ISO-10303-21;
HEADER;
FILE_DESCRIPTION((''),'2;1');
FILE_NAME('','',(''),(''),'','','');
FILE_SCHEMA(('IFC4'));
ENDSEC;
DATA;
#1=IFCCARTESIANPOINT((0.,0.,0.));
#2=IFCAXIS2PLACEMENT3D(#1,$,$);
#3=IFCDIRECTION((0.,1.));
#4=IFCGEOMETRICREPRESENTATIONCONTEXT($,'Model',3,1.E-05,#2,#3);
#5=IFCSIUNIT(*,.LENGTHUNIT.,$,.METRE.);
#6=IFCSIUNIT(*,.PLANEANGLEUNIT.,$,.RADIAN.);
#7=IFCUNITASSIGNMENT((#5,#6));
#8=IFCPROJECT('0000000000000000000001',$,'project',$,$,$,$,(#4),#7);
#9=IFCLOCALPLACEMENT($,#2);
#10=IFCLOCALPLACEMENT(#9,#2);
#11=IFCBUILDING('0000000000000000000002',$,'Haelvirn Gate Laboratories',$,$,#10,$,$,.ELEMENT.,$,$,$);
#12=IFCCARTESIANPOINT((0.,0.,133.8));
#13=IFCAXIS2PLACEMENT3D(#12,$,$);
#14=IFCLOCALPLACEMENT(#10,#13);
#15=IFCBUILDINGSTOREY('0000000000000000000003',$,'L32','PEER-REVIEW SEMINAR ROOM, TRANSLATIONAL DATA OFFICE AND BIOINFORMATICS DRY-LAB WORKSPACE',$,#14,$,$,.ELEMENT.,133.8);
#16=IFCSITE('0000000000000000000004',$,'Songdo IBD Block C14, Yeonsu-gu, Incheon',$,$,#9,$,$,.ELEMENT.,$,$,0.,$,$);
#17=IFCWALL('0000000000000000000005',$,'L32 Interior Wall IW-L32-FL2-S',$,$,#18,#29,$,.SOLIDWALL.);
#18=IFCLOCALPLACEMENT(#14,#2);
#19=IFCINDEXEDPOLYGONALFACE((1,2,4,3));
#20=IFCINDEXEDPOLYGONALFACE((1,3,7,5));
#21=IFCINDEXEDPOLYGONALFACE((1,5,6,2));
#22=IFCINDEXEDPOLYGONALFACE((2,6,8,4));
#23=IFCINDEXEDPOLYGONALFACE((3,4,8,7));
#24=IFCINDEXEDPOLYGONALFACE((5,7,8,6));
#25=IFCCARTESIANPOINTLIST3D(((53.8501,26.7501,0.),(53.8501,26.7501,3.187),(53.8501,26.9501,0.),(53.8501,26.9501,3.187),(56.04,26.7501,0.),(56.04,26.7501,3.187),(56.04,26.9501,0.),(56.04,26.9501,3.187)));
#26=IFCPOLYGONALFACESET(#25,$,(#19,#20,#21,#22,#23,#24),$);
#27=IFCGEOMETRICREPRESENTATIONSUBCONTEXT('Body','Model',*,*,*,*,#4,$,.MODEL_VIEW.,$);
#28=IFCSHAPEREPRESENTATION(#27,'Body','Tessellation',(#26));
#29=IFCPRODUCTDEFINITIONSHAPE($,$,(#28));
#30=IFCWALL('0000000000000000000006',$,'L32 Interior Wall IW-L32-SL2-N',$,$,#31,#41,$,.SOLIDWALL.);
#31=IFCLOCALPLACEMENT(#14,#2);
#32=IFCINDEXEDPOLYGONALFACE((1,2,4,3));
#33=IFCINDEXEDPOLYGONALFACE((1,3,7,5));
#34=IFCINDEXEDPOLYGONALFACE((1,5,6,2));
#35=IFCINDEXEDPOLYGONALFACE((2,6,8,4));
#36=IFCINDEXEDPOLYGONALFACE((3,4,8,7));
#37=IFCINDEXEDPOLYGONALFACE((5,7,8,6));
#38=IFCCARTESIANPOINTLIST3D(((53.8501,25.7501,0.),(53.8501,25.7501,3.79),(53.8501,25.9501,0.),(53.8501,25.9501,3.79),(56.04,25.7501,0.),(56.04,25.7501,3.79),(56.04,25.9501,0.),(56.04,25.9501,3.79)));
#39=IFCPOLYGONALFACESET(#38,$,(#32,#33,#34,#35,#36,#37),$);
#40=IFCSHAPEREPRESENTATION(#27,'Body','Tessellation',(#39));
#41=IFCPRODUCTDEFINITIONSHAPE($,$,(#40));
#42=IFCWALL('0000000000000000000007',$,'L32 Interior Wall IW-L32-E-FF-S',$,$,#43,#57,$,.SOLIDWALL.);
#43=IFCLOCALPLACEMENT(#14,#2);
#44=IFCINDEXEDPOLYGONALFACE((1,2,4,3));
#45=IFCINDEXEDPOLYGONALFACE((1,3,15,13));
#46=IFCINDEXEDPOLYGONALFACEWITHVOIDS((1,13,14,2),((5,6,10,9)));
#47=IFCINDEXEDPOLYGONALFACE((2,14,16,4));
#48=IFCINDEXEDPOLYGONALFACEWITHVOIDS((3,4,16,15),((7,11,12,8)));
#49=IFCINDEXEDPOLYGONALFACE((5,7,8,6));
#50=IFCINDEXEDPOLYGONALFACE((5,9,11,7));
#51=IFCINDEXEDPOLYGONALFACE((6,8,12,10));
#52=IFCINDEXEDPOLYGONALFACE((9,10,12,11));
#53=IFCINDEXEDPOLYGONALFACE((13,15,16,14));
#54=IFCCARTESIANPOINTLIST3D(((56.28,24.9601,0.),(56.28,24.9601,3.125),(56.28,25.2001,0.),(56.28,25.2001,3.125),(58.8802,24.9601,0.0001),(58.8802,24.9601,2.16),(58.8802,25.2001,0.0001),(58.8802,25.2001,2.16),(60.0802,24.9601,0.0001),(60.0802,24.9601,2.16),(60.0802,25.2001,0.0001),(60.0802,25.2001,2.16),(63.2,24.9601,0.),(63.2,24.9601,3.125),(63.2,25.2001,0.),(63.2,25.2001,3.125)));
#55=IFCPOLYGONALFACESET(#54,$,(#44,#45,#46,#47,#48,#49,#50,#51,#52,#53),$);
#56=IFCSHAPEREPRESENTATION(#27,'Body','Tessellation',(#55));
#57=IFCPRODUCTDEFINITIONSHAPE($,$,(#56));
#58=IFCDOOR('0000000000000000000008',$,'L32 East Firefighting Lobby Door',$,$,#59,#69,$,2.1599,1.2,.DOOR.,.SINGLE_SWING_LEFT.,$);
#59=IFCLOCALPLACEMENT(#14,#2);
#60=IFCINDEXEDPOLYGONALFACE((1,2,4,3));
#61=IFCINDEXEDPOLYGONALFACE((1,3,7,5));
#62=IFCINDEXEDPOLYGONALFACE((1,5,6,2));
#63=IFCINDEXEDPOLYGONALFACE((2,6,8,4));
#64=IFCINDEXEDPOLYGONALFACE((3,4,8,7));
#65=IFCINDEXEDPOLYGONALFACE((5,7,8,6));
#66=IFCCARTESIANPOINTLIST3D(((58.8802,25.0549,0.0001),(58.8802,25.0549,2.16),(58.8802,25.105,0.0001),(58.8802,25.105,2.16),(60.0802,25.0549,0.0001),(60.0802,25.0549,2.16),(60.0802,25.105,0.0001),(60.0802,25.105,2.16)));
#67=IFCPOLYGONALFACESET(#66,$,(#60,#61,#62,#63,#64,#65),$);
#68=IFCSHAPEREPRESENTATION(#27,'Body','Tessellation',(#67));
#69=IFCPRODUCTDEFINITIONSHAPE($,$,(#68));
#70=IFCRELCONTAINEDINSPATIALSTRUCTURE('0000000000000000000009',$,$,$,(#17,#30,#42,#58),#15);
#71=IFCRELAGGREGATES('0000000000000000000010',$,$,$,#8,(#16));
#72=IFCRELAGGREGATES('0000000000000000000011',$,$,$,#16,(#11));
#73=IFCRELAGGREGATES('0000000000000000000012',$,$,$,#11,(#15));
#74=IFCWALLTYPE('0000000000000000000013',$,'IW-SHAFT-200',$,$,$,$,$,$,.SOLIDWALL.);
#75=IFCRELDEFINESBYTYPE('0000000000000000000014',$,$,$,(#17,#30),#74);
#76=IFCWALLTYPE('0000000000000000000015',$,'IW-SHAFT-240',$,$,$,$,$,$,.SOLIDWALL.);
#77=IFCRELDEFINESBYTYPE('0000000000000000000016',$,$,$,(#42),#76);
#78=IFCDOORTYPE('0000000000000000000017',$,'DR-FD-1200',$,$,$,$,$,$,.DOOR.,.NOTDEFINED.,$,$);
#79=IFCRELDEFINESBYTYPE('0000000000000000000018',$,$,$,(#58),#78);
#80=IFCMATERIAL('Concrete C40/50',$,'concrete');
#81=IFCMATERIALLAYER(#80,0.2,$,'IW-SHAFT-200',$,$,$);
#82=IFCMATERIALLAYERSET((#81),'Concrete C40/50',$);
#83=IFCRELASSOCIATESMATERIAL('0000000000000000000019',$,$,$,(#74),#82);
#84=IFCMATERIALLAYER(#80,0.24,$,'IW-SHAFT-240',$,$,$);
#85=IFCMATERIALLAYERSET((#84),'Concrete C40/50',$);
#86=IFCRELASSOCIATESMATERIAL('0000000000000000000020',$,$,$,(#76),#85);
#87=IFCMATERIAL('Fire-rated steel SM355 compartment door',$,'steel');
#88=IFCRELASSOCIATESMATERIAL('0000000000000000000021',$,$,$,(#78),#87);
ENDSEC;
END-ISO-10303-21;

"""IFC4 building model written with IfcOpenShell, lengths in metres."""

from ifc_helpers import new_model, si_unit, direction, frame, frame_2d, origin, place, context, subcontext, project, spatial, rectangle, extrude, source, transform, mapped, material, layer, layer_set, type_object, type_shapes, element, fill, save


model = new_model("IFC4")

# Units and contexts
model_context = context("Model", 3, precision=1e-05, world=origin(), true_north=direction((0.0, 1.0)))
body_context = subcontext(model_context, "Body", "Model", "MODEL_VIEW")
ifc_project = project(units=[si_unit("LENGTHUNIT", "METRE"), si_unit("PLANEANGLEUNIT", "RADIAN")], contexts=[model_context])

# Site, building, storey
site_placement = place(None, origin())
site = spatial("IfcSite", under=ifc_project, at=site_placement, Name="Songdo IBD Block C14, Yeonsu-gu, Incheon", CompositionType="ELEMENT", RefElevation=0.0)
building_placement = place(site_placement, origin())
building = spatial("IfcBuilding", under=site, at=building_placement, Name="Haelvirn Gate Laboratories", CompositionType="ELEMENT")
storey_placement = place(building_placement, frame((0.0, 0.0, 133.8)))
storey = spatial("IfcBuildingStorey", under=building, at=storey_placement, Name="L32", Description="PEER-REVIEW SEMINAR ROOM, TRANSLATIONAL DATA OFFICE AND BIOINFORMATICS DRY-LAB WORKSPACE", CompositionType="ELEMENT", Elevation=133.8)

# Walls
ifc_material_1 = material(Name="Concrete C40/50", Category="concrete")
ifc_layer_1 = layer(ifc_material_1, 0.2, Name="IW-SHAFT-200")
ifc_layer_set_1 = layer_set([ifc_layer_1], Name="Concrete C40/50")
wall_type_1 = type_object("IfcWallType", Name="IW-SHAFT-200", PredefinedType="SOLIDWALL", material=ifc_layer_set_1)
wall_1_placement = place(storey_placement, frame((53.8501, 26.8501, 0.0), z_axis=(0.0, 0.0, 1.0), x_axis=(1.0, 0.0, 0.0)))
element("IfcWall", 1, at=wall_1_placement, inside=storey, type_object=wall_type_1, Name="L32 Interior Wall IW-L32-FL2-S", PredefinedType="SOLIDWALL", context=body_context, shape_type="SweptSolid", body=[
    extrude(rectangle(XDim=2.1899, YDim=0.2, at=frame_2d((1.095, 0.0))), origin(), (0.0, 0.0, 1.0), 3.187),
])
wall_2_placement = place(storey_placement, frame((53.8501, 25.8501, 0.0), z_axis=(0.0, 0.0, 1.0), x_axis=(1.0, 0.0, 0.0)))
element("IfcWall", 2, at=wall_2_placement, inside=storey, type_object=wall_type_1, Name="L32 Interior Wall IW-L32-SL2-N", PredefinedType="SOLIDWALL", context=body_context, shape_type="SweptSolid", body=[
    extrude(rectangle(XDim=2.1899, YDim=0.2, at=frame_2d((1.095, 0.0))), origin(), (0.0, 0.0, 1.0), 3.79),
])

# Wall, opening, door
ifc_layer_2 = layer(ifc_material_1, 0.24, Name="IW-SHAFT-240")
ifc_layer_set_2 = layer_set([ifc_layer_2], Name="Concrete C40/50")
wall_type_2 = type_object("IfcWallType", Name="IW-SHAFT-240", PredefinedType="SOLIDWALL", material=ifc_layer_set_2)
wall_3_placement = place(storey_placement, frame((56.28, 25.0801, 0.0), z_axis=(0.0, 0.0, 1.0), x_axis=(1.0, 0.0, 0.0)))
wall_3 = element("IfcWall", 3, at=wall_3_placement, inside=storey, type_object=wall_type_2, Name="L32 Interior Wall IW-L32-E-FF-S", PredefinedType="SOLIDWALL", context=body_context, shape_type="SweptSolid", body=[
    extrude(rectangle(XDim=6.9199, YDim=0.24, at=frame_2d((3.46, 0.0))), origin(), (0.0, 0.0, 1.0), 3.125),
])
opening_1_placement = place(wall_3_placement, frame((2.6001, 0.0, 0.0)))
opening_1 = element("IfcOpeningElement", 4, at=opening_1_placement, cuts=wall_3, PredefinedType="OPENING", context=body_context, shape_type="SweptSolid", body=[
    extrude(rectangle(XDim=1.2, YDim=2.1599, at=frame_2d((0.6001, 1.0801))), frame((0.0, 0.1299, 0.0), z_axis=(0.0, -1.0, 0.0), x_axis=(1.0, 0.0, 0.0)), (0.0, 0.0, 1.0), 0.26),
])
ifc_material_2 = material(Name="Fire-rated steel SM355 compartment door", Category="steel")
door_type_1 = type_object("IfcDoorType", Name="DR-FD-1200", OperationType="NOTDEFINED", PredefinedType="DOOR", material=ifc_material_2)
shared_shape_1 = source(origin(), body_context, "Body", "SweptSolid", [
    extrude(rectangle(XDim=1.2, YDim=2.1599, at=frame_2d((0.6001, 1.0801))), frame((0.0, 0.0249, 0.0), z_axis=(0.0, -1.0, 0.0), x_axis=(1.0, 0.0, 0.0)), (0.0, 0.0, 1.0), 0.05),
])
type_shapes(door_type_1, [shared_shape_1])
door_1_placement = place(opening_1_placement, origin())
door_1 = element("IfcDoor", 5, at=door_1_placement, inside=storey, type_object=door_type_1, Name="L32 East Firefighting Lobby Door", OperationType="SINGLE_SWING_LEFT", OverallHeight=2.1599, OverallWidth=1.2, PredefinedType="DOOR", context=body_context, shape_type="MappedRepresentation", body=[
    mapped(shared_shape_1, transform((0.0, 0.0, 0.0), scale=1.0)),
])
fill(opening_1, door_1)

save(model, "model.ifc")
